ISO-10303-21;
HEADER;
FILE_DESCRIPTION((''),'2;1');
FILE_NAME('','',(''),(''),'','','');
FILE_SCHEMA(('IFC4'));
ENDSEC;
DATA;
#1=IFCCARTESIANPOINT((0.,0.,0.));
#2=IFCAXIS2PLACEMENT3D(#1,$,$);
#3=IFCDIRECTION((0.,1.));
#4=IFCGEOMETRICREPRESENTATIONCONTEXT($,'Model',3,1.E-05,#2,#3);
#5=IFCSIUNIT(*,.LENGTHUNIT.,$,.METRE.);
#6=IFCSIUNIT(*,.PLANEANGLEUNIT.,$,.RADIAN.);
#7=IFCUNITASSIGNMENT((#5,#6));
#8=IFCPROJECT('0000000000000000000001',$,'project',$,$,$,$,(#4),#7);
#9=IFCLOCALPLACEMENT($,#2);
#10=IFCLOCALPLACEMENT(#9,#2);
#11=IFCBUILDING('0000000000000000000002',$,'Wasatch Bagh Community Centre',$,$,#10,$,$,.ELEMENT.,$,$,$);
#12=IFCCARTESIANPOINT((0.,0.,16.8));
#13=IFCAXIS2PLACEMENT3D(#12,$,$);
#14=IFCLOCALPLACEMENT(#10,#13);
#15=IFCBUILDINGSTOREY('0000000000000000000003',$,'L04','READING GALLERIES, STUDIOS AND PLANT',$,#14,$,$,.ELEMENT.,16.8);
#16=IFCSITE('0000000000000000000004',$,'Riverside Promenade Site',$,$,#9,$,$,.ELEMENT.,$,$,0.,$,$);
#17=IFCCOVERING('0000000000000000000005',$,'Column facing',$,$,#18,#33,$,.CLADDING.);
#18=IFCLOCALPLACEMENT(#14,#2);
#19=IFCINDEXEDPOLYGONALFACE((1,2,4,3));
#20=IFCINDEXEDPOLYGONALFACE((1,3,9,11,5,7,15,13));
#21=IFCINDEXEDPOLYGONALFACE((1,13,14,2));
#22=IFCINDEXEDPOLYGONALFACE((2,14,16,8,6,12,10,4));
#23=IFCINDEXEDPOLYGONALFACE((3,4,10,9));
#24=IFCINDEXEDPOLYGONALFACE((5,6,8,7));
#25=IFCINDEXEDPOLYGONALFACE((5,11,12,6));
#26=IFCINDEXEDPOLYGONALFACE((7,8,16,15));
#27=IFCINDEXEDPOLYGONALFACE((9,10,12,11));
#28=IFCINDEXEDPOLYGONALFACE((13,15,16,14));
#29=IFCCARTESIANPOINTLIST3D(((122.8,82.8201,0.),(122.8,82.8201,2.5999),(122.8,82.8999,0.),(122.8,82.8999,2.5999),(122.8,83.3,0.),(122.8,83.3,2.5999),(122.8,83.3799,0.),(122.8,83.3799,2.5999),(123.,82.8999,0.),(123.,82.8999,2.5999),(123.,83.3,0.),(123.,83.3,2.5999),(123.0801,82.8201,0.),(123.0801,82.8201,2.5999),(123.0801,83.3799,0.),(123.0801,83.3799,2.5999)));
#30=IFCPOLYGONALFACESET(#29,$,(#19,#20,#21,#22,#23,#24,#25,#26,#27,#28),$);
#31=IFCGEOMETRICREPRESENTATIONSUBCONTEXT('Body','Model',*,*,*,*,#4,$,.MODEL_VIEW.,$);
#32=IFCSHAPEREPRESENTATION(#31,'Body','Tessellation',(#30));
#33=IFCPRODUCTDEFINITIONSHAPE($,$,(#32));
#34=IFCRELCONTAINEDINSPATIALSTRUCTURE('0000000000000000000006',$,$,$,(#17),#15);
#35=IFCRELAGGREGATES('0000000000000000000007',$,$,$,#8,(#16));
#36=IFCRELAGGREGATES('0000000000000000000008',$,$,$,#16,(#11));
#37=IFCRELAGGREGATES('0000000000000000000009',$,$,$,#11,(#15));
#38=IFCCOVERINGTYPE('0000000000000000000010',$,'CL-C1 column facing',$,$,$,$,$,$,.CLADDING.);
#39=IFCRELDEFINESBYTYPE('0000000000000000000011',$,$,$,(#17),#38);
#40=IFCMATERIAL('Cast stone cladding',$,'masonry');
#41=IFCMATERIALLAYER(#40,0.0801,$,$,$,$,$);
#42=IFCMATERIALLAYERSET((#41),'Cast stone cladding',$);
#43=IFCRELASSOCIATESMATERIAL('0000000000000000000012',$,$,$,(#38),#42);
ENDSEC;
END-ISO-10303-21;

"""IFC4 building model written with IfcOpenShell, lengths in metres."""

from ifc_helpers import new_model, si_unit, direction, frame, origin, place, context, subcontext, project, spatial, polyline, outline, extrude, material, layer, layer_set, type_object, element, save


model = new_model("IFC4")

# Units and contexts
model_context = context("Model", 3, precision=1e-05, world=origin(), true_north=direction((0.0, 1.0)))
body_context = subcontext(model_context, "Body", "Model", "MODEL_VIEW")
ifc_project = project(units=[si_unit("LENGTHUNIT", "METRE"), si_unit("PLANEANGLEUNIT", "RADIAN")], contexts=[model_context])

# Site, building, storey
site_placement = place(None, origin())
site = spatial("IfcSite", under=ifc_project, at=site_placement, Name="Riverside Promenade Site", CompositionType="ELEMENT", RefElevation=0.0)
building_placement = place(site_placement, origin())
building = spatial("IfcBuilding", under=site, at=building_placement, Name="Wasatch Bagh Community Centre", CompositionType="ELEMENT")
storey_placement = place(building_placement, frame((0.0, 0.0, 16.8)))
storey = spatial("IfcBuildingStorey", under=building, at=storey_placement, Name="L04", Description="READING GALLERIES, STUDIOS AND PLANT", CompositionType="ELEMENT", Elevation=16.8)

# Covering
ifc_material = material(Name="Cast stone cladding", Category="masonry")
ifc_layer_1 = layer(ifc_material, 0.0801)
ifc_layer_set_1 = layer_set([ifc_layer_1], Name="Cast stone cladding")
covering_type_1 = type_object("IfcCoveringType", Name="CL-C1 column facing", PredefinedType="CLADDING", material=ifc_layer_set_1)
covering_1_placement = place(storey_placement, origin())
element("IfcCovering", 1, at=covering_1_placement, inside=storey, type_object=covering_type_1, Name="Column facing", PredefinedType="CLADDING", context=body_context, shape_type="SweptSolid", body=[
    extrude(outline(polyline([(123.0801, 83.3799), (123.0801, 82.8201), (122.8, 82.8201), (122.8, 82.8999), (123.0, 82.8999), (123.0, 83.3), (122.8, 83.3), (122.8, 83.3799), (123.0801, 83.3799)])), origin(), (0.0, 0.0, 1.0), 2.5999),
])

save(model, "model.ifc")
